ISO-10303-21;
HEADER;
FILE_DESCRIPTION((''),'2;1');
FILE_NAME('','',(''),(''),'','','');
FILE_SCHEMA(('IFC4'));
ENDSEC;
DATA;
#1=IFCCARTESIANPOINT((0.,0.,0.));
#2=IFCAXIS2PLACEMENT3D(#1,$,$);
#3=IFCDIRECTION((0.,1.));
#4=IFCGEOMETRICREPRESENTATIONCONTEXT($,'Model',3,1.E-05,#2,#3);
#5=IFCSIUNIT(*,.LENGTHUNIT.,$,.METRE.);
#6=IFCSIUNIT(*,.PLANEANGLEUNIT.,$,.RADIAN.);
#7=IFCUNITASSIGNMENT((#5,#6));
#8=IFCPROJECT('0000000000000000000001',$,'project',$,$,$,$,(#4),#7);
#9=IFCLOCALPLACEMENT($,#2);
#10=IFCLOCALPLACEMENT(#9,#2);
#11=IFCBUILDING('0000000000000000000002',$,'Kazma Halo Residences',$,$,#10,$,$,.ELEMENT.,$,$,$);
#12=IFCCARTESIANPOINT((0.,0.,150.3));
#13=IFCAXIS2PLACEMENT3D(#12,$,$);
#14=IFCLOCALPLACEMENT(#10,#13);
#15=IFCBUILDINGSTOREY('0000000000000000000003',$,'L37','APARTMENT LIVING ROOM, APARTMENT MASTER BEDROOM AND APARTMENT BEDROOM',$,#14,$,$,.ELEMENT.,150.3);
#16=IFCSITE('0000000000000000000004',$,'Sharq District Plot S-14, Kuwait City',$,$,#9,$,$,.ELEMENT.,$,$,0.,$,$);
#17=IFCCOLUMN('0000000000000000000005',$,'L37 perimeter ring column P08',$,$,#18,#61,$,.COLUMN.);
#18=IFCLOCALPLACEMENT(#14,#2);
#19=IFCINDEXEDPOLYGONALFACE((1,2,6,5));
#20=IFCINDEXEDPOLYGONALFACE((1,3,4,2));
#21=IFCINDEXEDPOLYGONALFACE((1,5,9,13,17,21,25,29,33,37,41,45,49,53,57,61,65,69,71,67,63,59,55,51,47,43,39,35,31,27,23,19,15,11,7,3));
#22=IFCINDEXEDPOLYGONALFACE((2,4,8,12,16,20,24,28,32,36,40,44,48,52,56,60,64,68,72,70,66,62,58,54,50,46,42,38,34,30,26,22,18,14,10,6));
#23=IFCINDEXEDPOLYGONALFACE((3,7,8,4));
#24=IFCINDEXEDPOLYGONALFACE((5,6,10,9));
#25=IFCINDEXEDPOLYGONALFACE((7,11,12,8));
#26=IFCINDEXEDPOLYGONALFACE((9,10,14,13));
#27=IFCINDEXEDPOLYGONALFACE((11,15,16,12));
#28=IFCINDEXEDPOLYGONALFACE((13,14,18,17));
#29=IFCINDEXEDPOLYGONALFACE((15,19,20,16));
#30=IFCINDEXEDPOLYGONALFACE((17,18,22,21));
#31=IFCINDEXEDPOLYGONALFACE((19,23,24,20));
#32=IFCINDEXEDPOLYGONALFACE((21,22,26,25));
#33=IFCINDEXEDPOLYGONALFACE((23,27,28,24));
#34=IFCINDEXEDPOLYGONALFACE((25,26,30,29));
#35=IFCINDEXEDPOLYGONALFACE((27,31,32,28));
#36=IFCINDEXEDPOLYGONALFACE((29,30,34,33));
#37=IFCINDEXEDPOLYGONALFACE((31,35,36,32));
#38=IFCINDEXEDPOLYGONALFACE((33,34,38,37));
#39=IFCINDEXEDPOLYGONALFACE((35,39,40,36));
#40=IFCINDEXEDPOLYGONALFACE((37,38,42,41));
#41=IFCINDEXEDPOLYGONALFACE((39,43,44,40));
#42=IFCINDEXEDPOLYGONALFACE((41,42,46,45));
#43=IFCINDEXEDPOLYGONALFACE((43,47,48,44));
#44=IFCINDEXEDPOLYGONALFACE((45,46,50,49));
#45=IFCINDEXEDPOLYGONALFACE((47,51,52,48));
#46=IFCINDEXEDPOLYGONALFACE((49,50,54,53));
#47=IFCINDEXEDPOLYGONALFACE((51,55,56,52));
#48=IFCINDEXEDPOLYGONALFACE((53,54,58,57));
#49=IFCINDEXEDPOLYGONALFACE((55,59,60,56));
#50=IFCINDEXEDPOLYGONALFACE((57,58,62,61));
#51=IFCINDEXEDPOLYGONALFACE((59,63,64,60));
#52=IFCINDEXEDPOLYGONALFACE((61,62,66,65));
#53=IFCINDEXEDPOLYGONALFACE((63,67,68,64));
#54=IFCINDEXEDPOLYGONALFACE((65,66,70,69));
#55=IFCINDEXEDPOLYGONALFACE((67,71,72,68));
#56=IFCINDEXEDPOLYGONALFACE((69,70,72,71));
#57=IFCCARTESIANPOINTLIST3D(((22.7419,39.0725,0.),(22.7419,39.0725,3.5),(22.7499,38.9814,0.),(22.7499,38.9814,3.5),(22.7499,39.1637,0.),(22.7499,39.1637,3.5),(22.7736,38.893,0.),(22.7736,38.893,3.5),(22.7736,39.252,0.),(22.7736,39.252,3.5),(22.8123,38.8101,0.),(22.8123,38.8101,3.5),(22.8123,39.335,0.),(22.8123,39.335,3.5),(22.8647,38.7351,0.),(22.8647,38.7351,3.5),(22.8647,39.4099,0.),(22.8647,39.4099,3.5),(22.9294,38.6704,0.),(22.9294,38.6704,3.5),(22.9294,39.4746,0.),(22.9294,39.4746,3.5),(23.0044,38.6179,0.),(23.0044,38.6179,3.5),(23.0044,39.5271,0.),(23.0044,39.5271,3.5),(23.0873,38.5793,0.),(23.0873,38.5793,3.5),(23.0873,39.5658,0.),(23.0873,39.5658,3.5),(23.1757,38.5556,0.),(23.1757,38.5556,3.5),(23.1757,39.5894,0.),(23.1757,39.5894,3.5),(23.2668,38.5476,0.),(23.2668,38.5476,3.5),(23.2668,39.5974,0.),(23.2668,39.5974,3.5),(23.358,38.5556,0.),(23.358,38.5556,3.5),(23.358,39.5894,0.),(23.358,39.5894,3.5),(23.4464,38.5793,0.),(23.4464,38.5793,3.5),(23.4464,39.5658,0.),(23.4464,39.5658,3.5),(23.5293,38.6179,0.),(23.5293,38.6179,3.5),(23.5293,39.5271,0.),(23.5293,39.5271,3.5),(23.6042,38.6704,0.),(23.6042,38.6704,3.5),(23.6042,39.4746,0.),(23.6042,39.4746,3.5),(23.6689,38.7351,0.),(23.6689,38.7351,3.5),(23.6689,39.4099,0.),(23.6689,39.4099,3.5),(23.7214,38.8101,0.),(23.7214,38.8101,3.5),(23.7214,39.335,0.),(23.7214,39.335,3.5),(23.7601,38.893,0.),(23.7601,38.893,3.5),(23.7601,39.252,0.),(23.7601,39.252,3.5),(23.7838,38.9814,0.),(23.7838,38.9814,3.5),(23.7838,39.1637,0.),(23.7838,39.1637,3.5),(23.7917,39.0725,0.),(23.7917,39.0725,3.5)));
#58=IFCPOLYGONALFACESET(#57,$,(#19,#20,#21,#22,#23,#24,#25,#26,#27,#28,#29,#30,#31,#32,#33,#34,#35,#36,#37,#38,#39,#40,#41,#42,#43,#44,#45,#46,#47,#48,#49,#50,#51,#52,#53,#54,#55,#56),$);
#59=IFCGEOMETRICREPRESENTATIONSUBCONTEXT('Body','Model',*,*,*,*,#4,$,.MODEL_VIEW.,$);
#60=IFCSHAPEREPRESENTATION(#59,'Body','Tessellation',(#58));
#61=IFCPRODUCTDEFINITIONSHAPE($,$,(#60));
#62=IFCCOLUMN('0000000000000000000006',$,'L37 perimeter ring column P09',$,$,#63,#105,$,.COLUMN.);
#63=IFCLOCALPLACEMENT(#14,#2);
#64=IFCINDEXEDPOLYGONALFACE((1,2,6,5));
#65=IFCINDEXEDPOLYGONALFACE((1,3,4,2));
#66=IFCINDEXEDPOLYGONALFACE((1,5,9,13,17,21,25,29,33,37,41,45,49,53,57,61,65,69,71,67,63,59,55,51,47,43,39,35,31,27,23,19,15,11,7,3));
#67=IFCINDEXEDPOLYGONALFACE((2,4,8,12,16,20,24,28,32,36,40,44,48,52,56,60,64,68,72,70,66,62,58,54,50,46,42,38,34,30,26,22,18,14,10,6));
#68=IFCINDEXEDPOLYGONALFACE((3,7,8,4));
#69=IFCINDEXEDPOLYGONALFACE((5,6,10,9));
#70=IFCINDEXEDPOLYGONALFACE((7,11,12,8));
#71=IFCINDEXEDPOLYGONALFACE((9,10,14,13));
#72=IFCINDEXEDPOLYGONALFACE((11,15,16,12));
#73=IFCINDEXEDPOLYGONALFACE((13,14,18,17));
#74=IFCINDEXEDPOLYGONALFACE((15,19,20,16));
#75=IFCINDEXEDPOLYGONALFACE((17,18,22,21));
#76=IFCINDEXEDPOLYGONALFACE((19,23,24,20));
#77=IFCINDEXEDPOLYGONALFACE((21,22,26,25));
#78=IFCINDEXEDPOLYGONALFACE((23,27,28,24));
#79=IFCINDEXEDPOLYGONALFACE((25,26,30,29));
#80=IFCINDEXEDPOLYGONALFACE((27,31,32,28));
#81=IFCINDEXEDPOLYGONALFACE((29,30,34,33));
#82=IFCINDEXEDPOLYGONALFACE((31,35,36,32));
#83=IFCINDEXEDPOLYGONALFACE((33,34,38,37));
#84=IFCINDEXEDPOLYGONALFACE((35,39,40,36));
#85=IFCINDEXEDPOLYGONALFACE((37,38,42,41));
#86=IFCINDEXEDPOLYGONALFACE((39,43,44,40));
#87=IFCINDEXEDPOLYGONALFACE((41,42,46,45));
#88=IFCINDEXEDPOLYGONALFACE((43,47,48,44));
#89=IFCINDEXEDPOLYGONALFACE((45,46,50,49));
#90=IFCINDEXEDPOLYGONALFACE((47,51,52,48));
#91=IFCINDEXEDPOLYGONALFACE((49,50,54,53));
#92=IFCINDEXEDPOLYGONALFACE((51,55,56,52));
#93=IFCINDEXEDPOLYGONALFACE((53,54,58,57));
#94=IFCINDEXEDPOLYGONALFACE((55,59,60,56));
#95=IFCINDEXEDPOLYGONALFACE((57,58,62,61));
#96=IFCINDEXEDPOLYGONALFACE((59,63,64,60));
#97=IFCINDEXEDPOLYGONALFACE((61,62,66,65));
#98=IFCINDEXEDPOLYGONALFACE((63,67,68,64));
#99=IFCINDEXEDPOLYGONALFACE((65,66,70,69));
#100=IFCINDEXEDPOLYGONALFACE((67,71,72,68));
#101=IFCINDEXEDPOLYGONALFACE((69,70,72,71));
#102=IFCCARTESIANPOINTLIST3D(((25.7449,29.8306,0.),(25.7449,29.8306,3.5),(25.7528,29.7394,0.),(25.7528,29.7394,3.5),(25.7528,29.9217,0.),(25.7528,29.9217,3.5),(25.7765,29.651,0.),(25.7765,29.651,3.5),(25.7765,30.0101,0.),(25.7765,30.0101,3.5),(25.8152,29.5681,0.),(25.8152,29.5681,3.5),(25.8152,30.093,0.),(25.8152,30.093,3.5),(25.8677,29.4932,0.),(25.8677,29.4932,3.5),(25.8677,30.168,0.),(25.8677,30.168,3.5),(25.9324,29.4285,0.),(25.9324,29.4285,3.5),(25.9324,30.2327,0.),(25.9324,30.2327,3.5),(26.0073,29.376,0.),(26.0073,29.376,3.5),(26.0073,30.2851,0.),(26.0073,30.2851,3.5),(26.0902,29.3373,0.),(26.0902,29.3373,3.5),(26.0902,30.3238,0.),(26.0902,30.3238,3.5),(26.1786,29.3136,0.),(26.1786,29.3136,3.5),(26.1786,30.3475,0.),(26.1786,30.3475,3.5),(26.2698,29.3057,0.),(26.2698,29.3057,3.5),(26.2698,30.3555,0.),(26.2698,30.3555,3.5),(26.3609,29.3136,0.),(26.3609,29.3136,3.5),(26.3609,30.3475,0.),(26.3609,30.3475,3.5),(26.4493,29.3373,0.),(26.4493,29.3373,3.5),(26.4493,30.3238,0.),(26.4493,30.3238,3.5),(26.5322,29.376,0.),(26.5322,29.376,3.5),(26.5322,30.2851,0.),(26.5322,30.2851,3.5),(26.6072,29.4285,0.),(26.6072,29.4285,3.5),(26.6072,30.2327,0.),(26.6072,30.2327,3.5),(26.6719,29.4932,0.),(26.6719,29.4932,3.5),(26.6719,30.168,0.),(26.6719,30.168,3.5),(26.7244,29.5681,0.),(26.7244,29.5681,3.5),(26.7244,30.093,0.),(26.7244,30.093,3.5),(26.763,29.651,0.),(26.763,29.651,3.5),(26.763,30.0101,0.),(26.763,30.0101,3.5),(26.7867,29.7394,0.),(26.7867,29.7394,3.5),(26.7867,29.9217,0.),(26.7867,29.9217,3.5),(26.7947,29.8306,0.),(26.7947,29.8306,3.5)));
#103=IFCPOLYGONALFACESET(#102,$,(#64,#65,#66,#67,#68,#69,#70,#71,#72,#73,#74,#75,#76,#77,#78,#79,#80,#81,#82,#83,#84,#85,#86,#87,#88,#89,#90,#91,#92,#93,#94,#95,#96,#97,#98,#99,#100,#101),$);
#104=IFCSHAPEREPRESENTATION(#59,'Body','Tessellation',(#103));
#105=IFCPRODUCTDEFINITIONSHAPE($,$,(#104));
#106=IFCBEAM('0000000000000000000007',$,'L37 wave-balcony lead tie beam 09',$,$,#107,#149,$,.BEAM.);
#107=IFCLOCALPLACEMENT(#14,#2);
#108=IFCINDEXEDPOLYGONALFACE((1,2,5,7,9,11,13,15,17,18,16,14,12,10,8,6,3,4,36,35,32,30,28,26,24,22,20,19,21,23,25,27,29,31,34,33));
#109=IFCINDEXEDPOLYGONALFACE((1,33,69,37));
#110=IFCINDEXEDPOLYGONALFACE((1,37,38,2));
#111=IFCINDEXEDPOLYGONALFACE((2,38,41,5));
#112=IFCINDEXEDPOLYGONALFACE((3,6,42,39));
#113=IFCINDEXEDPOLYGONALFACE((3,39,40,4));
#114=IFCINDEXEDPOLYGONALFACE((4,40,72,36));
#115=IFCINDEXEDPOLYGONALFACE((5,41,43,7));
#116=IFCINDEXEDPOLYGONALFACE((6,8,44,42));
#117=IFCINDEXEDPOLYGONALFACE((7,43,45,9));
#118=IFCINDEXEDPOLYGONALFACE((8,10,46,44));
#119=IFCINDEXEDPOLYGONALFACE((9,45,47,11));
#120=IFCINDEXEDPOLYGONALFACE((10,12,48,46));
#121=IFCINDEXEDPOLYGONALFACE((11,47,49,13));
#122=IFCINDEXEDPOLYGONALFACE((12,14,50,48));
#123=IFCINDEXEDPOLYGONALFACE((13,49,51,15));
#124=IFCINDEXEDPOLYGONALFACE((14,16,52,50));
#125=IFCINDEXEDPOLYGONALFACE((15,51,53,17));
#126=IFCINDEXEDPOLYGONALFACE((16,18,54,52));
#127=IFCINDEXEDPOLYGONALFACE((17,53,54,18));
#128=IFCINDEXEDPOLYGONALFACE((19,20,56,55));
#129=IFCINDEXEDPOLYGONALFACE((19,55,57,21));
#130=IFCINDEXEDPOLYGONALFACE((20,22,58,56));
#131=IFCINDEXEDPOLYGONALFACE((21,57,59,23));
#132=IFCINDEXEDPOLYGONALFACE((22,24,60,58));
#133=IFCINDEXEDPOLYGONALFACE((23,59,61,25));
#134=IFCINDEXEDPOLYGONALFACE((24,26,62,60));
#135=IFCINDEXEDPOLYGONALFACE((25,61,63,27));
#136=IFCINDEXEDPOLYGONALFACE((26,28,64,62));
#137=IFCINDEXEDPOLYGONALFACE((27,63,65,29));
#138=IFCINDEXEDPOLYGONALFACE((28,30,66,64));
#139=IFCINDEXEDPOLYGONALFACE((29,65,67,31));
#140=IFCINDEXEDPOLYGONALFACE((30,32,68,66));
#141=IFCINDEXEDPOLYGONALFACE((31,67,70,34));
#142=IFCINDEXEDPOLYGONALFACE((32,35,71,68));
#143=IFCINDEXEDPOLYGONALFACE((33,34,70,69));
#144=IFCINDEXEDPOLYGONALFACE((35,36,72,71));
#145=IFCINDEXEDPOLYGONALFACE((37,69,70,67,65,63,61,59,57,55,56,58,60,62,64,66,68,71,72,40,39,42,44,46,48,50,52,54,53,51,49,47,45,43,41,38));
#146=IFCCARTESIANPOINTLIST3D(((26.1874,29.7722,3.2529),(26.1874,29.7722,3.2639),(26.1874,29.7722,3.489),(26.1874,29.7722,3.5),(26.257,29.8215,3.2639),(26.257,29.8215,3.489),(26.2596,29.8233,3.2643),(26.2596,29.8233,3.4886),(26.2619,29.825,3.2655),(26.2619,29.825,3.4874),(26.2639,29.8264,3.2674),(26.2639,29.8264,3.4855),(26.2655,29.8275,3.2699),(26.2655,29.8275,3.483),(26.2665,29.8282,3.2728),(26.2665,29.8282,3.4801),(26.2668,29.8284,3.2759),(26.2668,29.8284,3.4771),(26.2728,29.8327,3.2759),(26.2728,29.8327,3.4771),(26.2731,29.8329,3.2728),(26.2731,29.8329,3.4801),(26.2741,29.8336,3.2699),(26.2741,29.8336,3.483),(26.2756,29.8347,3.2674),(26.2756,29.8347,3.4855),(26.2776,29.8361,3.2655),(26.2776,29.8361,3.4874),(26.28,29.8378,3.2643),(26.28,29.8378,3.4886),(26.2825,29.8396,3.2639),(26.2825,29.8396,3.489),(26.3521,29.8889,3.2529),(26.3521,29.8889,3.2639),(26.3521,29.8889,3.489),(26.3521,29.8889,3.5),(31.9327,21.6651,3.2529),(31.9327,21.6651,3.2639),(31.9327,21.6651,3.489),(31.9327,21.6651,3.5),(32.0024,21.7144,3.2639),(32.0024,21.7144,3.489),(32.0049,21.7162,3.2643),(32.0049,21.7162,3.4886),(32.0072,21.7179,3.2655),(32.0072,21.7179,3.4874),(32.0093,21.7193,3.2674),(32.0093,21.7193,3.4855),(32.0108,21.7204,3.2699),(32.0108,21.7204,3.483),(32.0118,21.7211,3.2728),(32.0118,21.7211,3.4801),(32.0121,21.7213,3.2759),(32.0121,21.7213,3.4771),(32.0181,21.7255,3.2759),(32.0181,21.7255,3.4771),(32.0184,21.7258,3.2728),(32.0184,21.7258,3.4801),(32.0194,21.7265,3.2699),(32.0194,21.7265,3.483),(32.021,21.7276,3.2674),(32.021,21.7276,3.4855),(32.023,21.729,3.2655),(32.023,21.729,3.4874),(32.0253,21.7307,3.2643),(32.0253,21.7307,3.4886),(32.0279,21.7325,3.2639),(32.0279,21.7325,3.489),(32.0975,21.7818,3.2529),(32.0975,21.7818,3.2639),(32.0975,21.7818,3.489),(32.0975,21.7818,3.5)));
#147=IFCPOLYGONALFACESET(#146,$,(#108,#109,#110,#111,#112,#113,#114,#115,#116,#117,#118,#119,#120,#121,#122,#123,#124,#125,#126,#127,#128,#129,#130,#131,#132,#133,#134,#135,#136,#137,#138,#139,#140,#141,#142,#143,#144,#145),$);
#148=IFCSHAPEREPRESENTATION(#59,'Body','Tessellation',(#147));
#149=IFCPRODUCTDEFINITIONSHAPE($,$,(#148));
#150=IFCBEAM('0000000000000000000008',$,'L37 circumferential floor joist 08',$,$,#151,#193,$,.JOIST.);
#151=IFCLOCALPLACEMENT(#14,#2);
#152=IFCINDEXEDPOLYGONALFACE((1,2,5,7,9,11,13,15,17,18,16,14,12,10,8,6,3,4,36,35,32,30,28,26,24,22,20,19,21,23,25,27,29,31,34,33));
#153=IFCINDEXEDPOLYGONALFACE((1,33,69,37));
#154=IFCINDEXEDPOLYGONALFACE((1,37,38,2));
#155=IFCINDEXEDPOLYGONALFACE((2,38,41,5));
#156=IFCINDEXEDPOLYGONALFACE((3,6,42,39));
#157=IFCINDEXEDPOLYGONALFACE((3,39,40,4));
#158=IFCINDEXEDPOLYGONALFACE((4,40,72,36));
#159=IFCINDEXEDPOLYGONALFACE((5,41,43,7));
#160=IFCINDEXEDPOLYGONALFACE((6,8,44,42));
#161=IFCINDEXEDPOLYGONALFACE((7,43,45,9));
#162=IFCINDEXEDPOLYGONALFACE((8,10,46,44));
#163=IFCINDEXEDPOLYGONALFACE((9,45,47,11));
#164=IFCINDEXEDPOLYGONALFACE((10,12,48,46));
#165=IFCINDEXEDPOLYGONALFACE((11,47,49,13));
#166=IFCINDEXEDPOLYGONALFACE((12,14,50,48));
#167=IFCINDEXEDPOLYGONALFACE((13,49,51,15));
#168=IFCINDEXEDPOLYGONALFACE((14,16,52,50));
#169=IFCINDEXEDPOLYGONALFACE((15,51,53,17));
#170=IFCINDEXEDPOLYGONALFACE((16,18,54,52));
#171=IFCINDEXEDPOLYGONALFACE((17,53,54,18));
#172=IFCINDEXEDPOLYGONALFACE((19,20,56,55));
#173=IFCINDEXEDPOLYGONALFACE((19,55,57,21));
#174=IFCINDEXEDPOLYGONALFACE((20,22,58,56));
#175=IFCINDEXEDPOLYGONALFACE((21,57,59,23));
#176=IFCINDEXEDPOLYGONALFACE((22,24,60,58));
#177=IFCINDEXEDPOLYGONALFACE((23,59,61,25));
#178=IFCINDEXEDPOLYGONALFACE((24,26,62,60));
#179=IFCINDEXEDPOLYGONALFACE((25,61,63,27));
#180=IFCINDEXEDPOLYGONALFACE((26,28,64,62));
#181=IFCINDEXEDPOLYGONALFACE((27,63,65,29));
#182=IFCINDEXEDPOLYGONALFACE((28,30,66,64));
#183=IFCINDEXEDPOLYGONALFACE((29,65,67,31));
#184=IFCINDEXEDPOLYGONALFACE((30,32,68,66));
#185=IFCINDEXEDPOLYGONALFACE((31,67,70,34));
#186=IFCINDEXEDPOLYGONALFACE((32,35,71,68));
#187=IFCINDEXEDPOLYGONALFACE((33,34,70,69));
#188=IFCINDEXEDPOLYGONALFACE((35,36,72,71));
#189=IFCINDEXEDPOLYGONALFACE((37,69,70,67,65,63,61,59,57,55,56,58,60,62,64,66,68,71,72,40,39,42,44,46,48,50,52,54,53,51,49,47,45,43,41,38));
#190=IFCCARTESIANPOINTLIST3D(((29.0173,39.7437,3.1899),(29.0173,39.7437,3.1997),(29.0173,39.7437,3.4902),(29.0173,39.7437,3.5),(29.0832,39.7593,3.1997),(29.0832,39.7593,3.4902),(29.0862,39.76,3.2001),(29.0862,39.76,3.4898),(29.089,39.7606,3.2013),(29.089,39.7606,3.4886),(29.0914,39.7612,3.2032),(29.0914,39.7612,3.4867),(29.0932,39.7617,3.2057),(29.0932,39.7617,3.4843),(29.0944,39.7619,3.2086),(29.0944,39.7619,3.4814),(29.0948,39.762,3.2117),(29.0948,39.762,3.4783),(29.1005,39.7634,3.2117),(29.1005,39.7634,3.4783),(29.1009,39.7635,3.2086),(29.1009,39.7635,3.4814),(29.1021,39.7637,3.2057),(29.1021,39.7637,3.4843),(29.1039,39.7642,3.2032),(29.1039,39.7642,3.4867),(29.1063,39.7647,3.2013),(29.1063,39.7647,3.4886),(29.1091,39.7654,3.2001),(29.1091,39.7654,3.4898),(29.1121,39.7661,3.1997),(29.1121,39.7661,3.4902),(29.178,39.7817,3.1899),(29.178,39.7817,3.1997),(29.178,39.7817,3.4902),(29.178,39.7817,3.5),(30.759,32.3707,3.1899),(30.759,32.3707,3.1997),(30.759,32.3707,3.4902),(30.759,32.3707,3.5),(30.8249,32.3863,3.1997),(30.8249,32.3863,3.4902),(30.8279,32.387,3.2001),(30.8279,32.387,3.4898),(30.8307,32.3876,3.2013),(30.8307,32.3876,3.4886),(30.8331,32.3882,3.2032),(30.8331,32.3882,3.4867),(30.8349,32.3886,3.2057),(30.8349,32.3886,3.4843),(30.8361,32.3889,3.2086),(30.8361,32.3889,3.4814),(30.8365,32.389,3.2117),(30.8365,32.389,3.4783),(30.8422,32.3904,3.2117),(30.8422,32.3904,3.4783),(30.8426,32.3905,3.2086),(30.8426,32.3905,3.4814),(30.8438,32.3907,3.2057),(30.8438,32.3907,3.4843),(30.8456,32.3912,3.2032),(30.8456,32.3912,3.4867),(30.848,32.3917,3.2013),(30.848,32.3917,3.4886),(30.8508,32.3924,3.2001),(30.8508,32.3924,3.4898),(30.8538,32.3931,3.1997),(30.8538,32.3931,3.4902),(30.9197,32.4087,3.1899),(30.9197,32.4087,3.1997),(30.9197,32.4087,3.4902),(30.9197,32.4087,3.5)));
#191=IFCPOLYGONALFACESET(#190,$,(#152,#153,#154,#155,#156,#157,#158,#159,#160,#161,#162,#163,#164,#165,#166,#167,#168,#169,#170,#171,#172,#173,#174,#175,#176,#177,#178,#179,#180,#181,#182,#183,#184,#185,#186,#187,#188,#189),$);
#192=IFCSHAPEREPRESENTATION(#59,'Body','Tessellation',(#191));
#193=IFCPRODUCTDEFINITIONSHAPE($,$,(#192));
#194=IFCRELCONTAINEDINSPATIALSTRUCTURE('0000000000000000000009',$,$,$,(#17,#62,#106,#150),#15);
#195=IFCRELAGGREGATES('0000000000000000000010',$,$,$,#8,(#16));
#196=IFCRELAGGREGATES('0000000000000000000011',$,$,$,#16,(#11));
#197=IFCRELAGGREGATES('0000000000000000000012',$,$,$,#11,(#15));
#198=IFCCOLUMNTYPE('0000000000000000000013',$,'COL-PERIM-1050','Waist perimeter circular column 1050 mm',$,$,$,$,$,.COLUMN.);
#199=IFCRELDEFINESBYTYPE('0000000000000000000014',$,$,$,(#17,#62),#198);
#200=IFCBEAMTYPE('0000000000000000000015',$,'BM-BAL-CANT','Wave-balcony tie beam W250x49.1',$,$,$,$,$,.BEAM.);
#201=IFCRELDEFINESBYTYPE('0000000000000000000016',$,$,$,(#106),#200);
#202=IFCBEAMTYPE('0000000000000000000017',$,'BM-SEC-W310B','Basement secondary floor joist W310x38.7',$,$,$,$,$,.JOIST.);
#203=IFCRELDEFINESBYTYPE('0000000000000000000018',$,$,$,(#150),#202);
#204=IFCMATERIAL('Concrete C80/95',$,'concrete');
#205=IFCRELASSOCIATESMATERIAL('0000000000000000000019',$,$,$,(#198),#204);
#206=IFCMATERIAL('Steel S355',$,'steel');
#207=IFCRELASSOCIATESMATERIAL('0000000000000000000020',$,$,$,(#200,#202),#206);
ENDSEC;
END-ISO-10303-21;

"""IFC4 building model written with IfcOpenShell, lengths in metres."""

from ifc_helpers import new_model, si_unit, direction, frame, origin, origin_2d, place, context, subcontext, project, spatial, circle, i_section, extrude, material, material_profile, profile_set, type_object, element, save


model = new_model("IFC4")

# Units and contexts
model_context = context("Model", 3, precision=1e-05, world=origin(), true_north=direction((0.0, 1.0)))
body_context = subcontext(model_context, "Body", "Model", "MODEL_VIEW")
ifc_project = project(units=[si_unit("LENGTHUNIT", "METRE"), si_unit("PLANEANGLEUNIT", "RADIAN")], contexts=[model_context])

# Site, building, storey
site_placement = place(None, origin())
site = spatial("IfcSite", under=ifc_project, at=site_placement, Name="Sharq District Plot S-14, Kuwait City", CompositionType="ELEMENT", RefElevation=0.0)
building_placement = place(site_placement, origin())
building = spatial("IfcBuilding", under=site, at=building_placement, Name="Kazma Halo Residences", CompositionType="ELEMENT")
storey_placement = place(building_placement, frame((0.0, 0.0, 150.3)))
storey = spatial("IfcBuildingStorey", under=building, at=storey_placement, Name="L37", Description="APARTMENT LIVING ROOM, APARTMENT MASTER BEDROOM AND APARTMENT BEDROOM", CompositionType="ELEMENT", Elevation=150.3)

# Columns
ifc_material_1 = material(Name="Concrete C80/95", Category="concrete")
ifc_material_profile_1 = material_profile(ifc_material_1, circle(Radius=0.5249, at=origin_2d()), Name="CIRC1050")
ifc_profile_set_1 = profile_set([ifc_material_profile_1], Name="Concrete C80/95")
column_type = type_object("IfcColumnType", Name="COL-PERIM-1050", Description="Waist perimeter circular column 1050 mm", PredefinedType="COLUMN", material=ifc_profile_set_1)
for number, where, z_axis, x_axis, name in (
    (1, (23.2668, 39.0725, 0.0), (0.0, 0.0, 1.0), (1.0, 0.0, 0.0), "L37 perimeter ring column P08"),
    (2, (26.2698, 29.8306, 0.0), (0.0, 0.0, 1.0), (1.0, 0.0, 0.0), "L37 perimeter ring column P09"),
):
    element("IfcColumn", number, at=place(storey_placement, frame(where, z_axis=z_axis, x_axis=x_axis)), inside=storey, type_object=column_type, Name=name, PredefinedType="COLUMN", context=body_context, shape_type="SweptSolid", body=[
        extrude(circle(Radius=0.5249, at=origin_2d()), origin(), (0.0, 0.0, 1.0), 3.5),
    ])

# Beams
ifc_material_2 = material(Name="Steel S355", Category="steel")
ifc_material_profile_2 = material_profile(ifc_material_2, i_section(OverallWidth=0.2019, OverallDepth=0.2471, WebThickness=0.0073, FlangeThickness=0.011, FilletRadius=0.012, at=origin_2d()), Name="W250x49.1")
ifc_profile_set_2 = profile_set([ifc_material_profile_2], Name="Steel S355")
beam_type_1 = type_object("IfcBeamType", Name="BM-BAL-CANT", Description="Wave-balcony tie beam W250x49.1", PredefinedType="BEAM", material=ifc_profile_set_2)
beam_1_placement = place(storey_placement, frame((26.2698, 29.8306, 3.3765), z_axis=(0.578203, -0.815893, 0.0), x_axis=(0.815893, 0.578203, 0.0)))
element("IfcBeam", 3, at=beam_1_placement, inside=storey, type_object=beam_type_1, Name="L37 wave-balcony lead tie beam 09", PredefinedType="BEAM", context=body_context, shape_type="SweptSolid", body=[
    extrude(i_section(OverallWidth=0.2019, OverallDepth=0.2471, WebThickness=0.0073, FlangeThickness=0.011, FilletRadius=0.012, at=origin_2d()), origin(), (0.0, 0.0, 1.0), 9.9365),
])
ifc_material_profile_3 = material_profile(ifc_material_2, i_section(OverallWidth=0.165, OverallDepth=0.3101, WebThickness=0.0059, FlangeThickness=0.0098, FilletRadius=0.012, at=origin_2d()), Name="W310x38.7")
ifc_profile_set_3 = profile_set([ifc_material_profile_3], Name="Steel S355")
beam_type_2 = type_object("IfcBeamType", Name="BM-SEC-W310B", Description="Basement secondary floor joist W310x38.7", PredefinedType="JOIST", material=ifc_profile_set_3)
beam_2_placement = place(storey_placement, frame((29.0977, 39.7627, 3.345), z_axis=(0.229898, -0.973215, 0.0), x_axis=(0.973215, 0.229898, 0.0)))
element("IfcBeam", 4, at=beam_2_placement, inside=storey, type_object=beam_type_2, Name="L37 circumferential floor joist 08", PredefinedType="JOIST", context=body_context, shape_type="SweptSolid", body=[
    extrude(i_section(OverallWidth=0.165, OverallDepth=0.3101, WebThickness=0.0059, FlangeThickness=0.0098, FilletRadius=0.012, at=origin_2d()), origin(), (0.0, 0.0, 1.0), 7.5759),
])

save(model, "model.ifc")
